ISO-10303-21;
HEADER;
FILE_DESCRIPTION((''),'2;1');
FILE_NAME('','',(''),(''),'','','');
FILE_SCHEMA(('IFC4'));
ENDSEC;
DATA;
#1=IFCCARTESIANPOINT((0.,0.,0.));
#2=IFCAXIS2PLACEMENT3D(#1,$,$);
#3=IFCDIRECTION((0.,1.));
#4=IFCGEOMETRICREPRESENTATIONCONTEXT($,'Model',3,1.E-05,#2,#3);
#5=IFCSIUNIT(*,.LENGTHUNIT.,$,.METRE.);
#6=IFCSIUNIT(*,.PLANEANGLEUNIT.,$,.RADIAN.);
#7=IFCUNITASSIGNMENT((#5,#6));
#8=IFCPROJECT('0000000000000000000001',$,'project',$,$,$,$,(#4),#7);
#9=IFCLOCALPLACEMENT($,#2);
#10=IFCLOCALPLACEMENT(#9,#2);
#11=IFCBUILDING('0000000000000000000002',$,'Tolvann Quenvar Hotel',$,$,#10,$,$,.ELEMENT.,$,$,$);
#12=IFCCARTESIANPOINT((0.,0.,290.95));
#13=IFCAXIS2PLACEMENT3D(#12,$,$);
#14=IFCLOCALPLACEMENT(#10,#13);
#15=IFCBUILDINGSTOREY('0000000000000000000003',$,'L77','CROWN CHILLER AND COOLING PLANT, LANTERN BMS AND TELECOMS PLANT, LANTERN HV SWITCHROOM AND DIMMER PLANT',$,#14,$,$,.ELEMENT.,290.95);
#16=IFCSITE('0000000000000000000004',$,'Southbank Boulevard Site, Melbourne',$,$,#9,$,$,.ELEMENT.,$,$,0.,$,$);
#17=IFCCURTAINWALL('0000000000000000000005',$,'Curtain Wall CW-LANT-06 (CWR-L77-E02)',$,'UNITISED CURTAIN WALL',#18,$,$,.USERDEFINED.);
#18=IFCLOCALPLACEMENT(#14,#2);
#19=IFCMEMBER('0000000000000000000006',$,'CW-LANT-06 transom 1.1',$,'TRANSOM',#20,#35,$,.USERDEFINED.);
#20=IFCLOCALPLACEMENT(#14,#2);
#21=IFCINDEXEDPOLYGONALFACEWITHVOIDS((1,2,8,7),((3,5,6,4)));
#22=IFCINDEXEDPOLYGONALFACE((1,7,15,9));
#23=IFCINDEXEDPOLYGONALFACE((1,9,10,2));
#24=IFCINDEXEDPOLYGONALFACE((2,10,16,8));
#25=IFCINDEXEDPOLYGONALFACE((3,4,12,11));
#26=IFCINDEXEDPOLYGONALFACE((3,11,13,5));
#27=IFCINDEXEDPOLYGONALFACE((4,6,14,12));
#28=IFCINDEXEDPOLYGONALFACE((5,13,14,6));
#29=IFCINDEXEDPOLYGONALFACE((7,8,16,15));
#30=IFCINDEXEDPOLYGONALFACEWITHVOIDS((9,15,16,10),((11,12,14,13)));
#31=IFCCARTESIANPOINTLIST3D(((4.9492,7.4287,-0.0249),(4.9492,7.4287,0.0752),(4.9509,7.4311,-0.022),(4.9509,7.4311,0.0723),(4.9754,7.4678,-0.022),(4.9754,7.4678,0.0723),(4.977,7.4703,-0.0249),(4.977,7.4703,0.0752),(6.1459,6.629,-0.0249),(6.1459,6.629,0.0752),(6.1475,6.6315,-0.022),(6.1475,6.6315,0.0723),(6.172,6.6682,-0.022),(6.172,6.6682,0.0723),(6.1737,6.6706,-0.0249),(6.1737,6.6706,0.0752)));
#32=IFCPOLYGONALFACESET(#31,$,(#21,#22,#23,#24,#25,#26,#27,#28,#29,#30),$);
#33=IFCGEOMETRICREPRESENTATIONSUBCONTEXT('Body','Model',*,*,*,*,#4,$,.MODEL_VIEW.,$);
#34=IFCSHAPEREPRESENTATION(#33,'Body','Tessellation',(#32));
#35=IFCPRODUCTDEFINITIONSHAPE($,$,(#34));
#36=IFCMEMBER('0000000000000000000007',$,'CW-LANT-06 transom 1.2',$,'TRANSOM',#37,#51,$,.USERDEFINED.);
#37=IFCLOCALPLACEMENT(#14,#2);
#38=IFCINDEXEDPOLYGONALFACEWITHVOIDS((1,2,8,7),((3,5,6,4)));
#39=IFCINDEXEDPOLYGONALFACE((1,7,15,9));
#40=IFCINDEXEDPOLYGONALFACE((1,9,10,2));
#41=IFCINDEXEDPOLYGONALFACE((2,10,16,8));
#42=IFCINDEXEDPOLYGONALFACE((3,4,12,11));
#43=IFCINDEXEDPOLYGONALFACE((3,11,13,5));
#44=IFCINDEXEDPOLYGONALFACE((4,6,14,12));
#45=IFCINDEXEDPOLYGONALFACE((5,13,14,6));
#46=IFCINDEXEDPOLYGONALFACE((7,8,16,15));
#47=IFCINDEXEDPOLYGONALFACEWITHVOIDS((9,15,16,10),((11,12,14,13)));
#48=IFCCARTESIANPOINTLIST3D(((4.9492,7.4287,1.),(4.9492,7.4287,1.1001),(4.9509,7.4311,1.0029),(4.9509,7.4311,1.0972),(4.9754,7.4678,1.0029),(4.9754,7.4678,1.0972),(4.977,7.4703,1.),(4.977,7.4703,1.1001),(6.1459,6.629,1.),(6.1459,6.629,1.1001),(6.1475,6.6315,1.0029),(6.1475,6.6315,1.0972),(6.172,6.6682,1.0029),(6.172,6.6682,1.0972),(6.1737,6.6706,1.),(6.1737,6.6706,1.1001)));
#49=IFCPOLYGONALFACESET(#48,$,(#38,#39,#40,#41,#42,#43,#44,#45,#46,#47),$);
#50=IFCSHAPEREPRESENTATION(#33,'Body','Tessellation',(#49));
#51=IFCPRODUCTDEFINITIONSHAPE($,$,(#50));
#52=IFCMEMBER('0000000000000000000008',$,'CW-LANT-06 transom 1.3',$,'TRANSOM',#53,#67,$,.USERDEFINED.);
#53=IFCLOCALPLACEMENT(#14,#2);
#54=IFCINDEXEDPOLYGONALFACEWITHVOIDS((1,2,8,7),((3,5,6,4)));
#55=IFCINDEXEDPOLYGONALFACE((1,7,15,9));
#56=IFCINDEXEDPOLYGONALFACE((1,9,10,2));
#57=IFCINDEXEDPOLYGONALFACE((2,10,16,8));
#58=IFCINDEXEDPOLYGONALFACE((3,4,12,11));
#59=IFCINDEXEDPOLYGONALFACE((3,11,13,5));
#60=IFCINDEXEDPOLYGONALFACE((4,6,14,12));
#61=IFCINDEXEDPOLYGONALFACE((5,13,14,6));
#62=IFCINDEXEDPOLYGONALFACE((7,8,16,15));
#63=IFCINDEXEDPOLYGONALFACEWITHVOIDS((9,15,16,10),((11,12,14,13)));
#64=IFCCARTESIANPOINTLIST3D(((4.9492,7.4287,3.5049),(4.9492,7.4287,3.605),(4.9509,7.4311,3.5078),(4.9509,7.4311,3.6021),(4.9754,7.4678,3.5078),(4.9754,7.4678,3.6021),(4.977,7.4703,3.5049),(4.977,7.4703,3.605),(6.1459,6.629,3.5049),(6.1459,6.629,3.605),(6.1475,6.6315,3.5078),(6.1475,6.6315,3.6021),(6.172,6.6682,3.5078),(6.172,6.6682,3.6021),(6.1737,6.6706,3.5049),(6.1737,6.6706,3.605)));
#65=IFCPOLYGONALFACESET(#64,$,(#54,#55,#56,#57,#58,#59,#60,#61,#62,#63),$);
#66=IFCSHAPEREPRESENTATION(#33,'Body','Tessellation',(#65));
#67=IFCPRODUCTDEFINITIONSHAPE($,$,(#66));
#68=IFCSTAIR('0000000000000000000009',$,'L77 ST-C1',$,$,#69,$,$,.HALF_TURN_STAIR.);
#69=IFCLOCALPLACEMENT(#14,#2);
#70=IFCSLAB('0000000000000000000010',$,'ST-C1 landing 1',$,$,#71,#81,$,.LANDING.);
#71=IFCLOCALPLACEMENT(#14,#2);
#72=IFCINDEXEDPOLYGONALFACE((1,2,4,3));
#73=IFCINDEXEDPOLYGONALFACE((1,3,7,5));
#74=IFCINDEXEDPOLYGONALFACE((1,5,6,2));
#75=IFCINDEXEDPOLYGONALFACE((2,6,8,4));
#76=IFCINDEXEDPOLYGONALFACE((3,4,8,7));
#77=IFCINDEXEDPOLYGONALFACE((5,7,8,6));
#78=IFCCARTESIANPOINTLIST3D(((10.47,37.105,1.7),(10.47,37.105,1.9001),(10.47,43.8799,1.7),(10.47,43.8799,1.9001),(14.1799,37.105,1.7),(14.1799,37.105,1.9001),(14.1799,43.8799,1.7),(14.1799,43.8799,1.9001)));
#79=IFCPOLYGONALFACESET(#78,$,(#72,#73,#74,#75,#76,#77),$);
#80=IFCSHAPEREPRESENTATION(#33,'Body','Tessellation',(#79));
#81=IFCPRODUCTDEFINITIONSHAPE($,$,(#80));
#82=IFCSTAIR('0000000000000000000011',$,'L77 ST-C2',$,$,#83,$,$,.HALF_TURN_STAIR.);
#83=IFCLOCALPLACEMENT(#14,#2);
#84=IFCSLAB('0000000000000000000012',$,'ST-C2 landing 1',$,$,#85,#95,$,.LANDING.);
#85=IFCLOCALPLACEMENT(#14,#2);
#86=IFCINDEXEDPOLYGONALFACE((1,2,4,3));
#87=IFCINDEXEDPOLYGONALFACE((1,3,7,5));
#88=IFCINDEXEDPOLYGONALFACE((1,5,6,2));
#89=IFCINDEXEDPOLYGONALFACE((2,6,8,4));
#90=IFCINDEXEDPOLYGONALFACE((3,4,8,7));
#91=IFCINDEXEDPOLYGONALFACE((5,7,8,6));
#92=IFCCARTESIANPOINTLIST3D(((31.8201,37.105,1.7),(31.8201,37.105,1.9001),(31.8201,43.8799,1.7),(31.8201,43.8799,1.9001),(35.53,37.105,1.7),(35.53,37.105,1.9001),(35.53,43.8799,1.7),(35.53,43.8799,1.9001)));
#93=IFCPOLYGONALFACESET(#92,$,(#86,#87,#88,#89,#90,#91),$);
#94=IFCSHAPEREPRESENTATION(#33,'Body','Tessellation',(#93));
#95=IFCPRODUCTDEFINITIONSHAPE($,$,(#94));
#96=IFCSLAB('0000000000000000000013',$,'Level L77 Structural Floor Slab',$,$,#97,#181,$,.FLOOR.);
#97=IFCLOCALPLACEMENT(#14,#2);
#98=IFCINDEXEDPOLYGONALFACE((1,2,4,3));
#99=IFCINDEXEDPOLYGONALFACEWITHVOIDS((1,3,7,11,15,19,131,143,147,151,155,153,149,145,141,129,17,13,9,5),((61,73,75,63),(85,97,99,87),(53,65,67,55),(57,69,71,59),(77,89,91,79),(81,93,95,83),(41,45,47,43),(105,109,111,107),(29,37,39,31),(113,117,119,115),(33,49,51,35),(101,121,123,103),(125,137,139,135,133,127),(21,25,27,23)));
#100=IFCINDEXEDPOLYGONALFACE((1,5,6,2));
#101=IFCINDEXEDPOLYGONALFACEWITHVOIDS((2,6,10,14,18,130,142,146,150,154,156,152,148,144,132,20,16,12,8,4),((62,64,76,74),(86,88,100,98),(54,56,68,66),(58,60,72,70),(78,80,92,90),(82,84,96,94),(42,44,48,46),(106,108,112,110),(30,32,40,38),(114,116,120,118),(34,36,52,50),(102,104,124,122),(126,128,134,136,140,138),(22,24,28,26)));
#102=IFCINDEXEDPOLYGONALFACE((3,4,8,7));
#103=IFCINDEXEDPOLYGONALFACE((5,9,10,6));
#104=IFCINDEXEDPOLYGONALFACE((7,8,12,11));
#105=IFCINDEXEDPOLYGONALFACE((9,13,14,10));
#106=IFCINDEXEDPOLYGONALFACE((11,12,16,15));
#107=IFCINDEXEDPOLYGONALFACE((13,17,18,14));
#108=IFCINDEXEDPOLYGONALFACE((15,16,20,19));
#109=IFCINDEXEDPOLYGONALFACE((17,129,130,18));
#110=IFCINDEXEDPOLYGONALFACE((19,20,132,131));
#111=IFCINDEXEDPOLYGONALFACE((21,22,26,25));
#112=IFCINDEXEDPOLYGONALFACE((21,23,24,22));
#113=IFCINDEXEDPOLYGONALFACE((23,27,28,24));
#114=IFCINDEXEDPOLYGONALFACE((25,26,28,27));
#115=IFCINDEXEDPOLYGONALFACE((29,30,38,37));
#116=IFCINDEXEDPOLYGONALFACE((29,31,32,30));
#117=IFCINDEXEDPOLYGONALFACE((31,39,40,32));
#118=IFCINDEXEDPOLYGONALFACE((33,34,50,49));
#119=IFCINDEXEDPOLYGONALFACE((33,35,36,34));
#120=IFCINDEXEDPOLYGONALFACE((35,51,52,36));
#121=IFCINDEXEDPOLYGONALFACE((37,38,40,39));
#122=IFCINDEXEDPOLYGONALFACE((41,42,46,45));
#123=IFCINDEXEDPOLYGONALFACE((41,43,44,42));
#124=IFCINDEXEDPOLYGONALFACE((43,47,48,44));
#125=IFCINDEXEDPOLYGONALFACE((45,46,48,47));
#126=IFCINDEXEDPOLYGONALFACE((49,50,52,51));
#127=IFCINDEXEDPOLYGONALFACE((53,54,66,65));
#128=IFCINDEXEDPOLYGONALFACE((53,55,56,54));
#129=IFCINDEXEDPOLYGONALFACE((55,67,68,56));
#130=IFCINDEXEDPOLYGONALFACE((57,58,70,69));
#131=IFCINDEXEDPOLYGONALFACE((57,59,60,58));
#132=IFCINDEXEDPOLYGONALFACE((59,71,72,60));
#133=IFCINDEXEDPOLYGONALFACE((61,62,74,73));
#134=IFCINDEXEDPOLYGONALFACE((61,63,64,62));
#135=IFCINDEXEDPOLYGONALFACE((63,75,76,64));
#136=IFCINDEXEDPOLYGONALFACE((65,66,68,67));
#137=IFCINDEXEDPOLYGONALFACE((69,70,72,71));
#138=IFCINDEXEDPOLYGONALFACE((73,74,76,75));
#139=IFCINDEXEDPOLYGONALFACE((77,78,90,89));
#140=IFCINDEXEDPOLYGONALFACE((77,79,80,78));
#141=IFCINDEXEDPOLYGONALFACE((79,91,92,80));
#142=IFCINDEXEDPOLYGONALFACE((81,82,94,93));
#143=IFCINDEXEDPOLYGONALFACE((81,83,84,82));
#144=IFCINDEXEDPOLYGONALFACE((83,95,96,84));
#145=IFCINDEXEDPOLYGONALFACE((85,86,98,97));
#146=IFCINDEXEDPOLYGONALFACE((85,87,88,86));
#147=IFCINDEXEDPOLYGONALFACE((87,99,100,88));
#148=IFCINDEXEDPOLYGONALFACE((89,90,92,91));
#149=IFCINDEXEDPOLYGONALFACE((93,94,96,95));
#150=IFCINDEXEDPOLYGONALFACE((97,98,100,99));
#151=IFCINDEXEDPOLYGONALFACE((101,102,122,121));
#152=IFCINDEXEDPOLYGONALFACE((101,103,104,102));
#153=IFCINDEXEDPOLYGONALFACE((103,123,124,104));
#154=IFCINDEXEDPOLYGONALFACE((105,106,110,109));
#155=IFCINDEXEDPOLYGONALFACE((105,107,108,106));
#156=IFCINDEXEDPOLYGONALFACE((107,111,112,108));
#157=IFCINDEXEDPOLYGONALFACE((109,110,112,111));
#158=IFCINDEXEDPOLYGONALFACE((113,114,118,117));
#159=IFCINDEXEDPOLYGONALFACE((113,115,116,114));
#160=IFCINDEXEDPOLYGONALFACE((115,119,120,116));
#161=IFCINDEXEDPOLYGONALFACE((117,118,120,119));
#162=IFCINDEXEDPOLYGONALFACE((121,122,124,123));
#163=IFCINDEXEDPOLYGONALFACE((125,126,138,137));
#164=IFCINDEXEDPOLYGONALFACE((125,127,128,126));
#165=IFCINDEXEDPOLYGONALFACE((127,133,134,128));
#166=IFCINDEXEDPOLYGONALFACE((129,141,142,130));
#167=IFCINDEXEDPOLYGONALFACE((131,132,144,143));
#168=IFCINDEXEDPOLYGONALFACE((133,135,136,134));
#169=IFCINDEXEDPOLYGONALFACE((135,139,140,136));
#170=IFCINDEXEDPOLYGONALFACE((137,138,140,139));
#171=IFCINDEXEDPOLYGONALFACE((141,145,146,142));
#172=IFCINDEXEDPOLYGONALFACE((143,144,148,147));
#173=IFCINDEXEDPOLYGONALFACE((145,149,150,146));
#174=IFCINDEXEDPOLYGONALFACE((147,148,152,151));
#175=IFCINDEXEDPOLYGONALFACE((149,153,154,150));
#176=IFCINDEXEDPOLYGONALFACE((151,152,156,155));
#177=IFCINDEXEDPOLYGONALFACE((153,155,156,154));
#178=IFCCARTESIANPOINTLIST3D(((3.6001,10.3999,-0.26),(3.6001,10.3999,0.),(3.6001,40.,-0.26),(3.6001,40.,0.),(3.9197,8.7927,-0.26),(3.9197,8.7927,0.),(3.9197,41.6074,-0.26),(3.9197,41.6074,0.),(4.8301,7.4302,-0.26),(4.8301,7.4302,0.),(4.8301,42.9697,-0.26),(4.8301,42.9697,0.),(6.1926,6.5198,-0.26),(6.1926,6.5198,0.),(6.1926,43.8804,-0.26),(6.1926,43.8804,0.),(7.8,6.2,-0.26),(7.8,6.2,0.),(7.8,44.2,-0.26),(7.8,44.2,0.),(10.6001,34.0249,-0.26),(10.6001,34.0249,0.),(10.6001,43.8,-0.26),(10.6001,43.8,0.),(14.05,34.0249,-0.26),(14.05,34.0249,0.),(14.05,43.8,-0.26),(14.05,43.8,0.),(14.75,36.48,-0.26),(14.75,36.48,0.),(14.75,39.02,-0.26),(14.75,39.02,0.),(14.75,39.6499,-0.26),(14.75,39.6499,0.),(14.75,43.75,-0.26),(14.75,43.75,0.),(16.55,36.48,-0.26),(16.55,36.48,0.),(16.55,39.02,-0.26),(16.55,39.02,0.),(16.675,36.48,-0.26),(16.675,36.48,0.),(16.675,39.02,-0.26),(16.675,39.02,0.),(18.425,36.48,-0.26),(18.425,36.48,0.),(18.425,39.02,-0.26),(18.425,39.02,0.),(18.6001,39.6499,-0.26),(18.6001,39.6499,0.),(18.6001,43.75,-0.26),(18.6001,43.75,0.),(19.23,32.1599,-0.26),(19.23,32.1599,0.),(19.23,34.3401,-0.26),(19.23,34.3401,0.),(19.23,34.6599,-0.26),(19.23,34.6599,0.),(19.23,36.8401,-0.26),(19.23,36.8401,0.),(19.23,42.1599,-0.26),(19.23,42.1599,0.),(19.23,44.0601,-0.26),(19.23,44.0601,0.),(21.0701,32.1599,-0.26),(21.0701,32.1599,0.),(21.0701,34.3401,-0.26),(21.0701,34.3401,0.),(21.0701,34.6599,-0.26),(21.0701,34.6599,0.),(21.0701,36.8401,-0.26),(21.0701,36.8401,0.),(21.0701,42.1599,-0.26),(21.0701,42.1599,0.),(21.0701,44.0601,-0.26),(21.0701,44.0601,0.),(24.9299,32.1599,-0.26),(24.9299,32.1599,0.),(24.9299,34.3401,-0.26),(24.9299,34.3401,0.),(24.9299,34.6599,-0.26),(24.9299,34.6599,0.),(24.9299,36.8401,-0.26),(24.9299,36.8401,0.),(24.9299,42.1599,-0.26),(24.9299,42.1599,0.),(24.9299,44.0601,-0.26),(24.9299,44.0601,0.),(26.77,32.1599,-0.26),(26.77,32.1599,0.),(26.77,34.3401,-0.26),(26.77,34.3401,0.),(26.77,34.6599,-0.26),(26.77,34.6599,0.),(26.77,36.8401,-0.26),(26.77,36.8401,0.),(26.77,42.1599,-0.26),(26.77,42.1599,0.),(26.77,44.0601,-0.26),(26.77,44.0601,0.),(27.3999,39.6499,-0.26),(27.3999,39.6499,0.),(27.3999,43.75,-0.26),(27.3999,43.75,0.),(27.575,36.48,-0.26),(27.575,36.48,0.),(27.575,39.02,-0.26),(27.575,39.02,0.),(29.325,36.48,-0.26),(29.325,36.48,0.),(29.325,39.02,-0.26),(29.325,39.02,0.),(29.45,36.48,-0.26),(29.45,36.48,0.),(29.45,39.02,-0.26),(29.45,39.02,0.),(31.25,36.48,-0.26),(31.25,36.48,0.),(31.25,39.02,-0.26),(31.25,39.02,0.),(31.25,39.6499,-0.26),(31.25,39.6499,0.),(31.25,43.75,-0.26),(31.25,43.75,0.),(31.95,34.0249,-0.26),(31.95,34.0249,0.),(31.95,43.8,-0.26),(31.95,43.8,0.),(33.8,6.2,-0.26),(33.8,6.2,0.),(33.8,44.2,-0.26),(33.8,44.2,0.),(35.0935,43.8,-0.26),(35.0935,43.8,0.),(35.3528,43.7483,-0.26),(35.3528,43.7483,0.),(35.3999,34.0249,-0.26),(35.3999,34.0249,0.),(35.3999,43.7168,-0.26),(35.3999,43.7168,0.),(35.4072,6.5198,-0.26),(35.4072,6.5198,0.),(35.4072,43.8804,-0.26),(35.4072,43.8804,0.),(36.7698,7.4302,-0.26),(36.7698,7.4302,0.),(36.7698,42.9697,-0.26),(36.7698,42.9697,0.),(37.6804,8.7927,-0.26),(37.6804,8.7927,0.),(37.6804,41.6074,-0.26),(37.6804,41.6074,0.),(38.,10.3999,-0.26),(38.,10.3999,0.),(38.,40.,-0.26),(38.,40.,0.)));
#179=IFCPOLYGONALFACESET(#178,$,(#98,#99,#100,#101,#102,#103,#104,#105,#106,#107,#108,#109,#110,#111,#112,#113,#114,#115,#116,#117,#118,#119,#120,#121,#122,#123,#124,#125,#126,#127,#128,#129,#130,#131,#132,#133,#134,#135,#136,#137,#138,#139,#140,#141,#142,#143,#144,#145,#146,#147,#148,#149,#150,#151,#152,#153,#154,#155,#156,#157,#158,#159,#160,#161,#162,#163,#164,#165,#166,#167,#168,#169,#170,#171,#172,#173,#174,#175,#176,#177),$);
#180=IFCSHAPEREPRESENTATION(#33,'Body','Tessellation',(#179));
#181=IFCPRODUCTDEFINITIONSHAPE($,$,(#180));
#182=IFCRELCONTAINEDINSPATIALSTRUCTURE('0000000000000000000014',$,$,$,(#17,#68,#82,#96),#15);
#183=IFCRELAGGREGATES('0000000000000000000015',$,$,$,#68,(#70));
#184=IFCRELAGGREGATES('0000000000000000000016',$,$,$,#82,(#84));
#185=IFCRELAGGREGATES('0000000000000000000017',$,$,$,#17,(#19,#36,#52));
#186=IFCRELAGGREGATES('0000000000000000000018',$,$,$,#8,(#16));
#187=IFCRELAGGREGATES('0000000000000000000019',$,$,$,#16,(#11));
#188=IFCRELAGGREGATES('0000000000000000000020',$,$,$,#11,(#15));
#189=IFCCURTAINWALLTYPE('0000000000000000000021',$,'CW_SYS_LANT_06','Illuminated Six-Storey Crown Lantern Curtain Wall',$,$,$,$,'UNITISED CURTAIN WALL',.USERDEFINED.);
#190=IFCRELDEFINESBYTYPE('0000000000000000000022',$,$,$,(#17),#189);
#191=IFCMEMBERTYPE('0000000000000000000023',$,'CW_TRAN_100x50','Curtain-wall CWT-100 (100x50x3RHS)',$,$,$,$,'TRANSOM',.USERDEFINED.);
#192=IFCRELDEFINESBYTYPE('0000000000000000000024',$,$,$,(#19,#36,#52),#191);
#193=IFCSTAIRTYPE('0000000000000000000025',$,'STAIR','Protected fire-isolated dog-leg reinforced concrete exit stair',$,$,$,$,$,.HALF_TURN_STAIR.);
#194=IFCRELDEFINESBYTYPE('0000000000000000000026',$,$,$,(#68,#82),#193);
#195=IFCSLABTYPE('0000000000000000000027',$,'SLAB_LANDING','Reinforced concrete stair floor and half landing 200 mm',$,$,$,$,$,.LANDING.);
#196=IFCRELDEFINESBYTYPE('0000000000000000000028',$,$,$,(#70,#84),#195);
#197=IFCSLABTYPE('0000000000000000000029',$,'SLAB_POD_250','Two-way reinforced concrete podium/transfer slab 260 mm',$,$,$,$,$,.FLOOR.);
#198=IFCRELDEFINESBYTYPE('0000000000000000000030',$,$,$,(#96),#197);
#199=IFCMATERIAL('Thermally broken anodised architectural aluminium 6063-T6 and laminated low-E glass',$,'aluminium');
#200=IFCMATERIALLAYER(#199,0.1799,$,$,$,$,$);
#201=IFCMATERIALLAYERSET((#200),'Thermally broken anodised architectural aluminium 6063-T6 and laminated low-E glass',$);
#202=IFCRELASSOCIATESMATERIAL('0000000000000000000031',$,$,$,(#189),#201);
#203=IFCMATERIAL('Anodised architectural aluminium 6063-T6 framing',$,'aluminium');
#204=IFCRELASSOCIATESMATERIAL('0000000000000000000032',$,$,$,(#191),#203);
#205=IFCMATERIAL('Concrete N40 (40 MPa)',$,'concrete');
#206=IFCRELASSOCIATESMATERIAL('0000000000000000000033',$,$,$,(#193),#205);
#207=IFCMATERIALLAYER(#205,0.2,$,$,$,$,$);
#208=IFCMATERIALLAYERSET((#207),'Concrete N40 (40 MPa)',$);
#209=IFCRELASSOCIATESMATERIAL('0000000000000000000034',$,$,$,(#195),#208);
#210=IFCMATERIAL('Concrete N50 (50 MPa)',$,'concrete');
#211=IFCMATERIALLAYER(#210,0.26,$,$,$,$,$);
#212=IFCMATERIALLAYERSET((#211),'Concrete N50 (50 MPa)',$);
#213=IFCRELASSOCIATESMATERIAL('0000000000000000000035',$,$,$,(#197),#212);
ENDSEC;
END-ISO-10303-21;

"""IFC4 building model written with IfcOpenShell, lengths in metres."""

from ifc_helpers import new_model, si_unit, direction, frame, origin, origin_2d, place, context, subcontext, project, spatial, polyline, hollow_rectangle, outline, extrude, source, transform, mapped, material, layer, layer_set, material_profile, profile_set, type_object, type_shapes, element, aggregate, save


model = new_model("IFC4")

# Units and contexts
model_context = context("Model", 3, precision=1e-05, world=origin(), true_north=direction((0.0, 1.0)))
body_context = subcontext(model_context, "Body", "Model", "MODEL_VIEW")
ifc_project = project(units=[si_unit("LENGTHUNIT", "METRE"), si_unit("PLANEANGLEUNIT", "RADIAN")], contexts=[model_context])

# Site, building, storey
site_placement = place(None, origin())
site = spatial("IfcSite", under=ifc_project, at=site_placement, Name="Southbank Boulevard Site, Melbourne", CompositionType="ELEMENT", RefElevation=0.0)
building_placement = place(site_placement, origin())
building = spatial("IfcBuilding", under=site, at=building_placement, Name="Tolvann Quenvar Hotel", CompositionType="ELEMENT")
storey_placement = place(building_placement, frame((0.0, 0.0, 290.95)))
storey = spatial("IfcBuildingStorey", under=building, at=storey_placement, Name="L77", Description="CROWN CHILLER AND COOLING PLANT, LANTERN BMS AND TELECOMS PLANT, LANTERN HV SWITCHROOM AND DIMMER PLANT", CompositionType="ELEMENT", Elevation=290.95)

# Shared definitions
ifc_material_1 = material(Name="Thermally broken anodised architectural aluminium 6063-T6 and laminated low-E glass", Category="aluminium")
ifc_layer_1 = layer(ifc_material_1, 0.1799)
ifc_layer_set_1 = layer_set([ifc_layer_1], Name="Thermally broken anodised architectural aluminium 6063-T6 and laminated low-E glass")
curtain_wall_type = type_object("IfcCurtainWallType", Name="CW_SYS_LANT_06", Description="Illuminated Six-Storey Crown Lantern Curtain Wall", ElementType="UNITISED CURTAIN WALL", PredefinedType="USERDEFINED", material=ifc_layer_set_1)
ifc_material_2 = material(Name="Anodised architectural aluminium 6063-T6 framing", Category="aluminium")

# Curtain wall, members
curtain_wall_1_placement = place(storey_placement, origin())
curtain_wall_1 = element("IfcCurtainWall", 1, at=curtain_wall_1_placement, inside=storey, type_object=curtain_wall_type, Name="Curtain Wall CW-LANT-06 (CWR-L77-E02)", ObjectType="UNITISED CURTAIN WALL", PredefinedType="USERDEFINED")
ifc_material_profile_1 = material_profile(ifc_material_2, hollow_rectangle(XDim=0.05, YDim=0.1001, WallThickness=0.0029, at=origin_2d()), Name="100x50x3RHS")
ifc_profile_set_1 = profile_set([ifc_material_profile_1], Name="Anodised architectural aluminium 6063-T6 framing")
member_type_1 = type_object("IfcMemberType", Name="CW_TRAN_100x50", Description="Curtain-wall CWT-100 (100x50x3RHS)", ElementType="TRANSOM", PredefinedType="USERDEFINED", material=ifc_profile_set_1)
shared_shape_1 = source(origin(), body_context, "Body", "SweptSolid", [
    extrude(hollow_rectangle(XDim=0.05, YDim=0.1001, WallThickness=0.0029, at=origin_2d()), origin(), (0.0, 0.0, 1.0), 1.4392),
])
type_shapes(member_type_1, [shared_shape_1])
member_1_placement = place(storey_placement, frame((4.9631, 7.4495, 0.0251), z_axis=(0.83145, -0.5556, 0.0), x_axis=(0.5556, 0.83145, 0.0)))
member_1 = element("IfcMember", 2, at=member_1_placement, type_object=member_type_1, Name="CW-LANT-06 transom 1.1", ObjectType="TRANSOM", PredefinedType="USERDEFINED", context=body_context, shape_type="MappedRepresentation", body=[
    mapped(shared_shape_1, transform((0.0, 0.0, 0.0), x_axis=(1.0, 0.0, 0.0), y_axis=(0.0, 1.0, 0.0), z_axis=(0.0, 0.0, 1.0), scale=1.0)),
])
member_2_placement = place(storey_placement, frame((4.9631, 7.4495, 1.05), z_axis=(0.83145, -0.5556, 0.0), x_axis=(0.5556, 0.83145, 0.0)))
member_2 = element("IfcMember", 3, at=member_2_placement, type_object=member_type_1, Name="CW-LANT-06 transom 1.2", ObjectType="TRANSOM", PredefinedType="USERDEFINED", context=body_context, shape_type="MappedRepresentation", body=[
    mapped(shared_shape_1, transform((0.0, 0.0, 0.0), x_axis=(1.0, 0.0, 0.0), y_axis=(0.0, 1.0, 0.0), z_axis=(0.0, 0.0, 1.0), scale=1.0)),
])
member_3_placement = place(storey_placement, frame((4.9631, 7.4495, 3.5549), z_axis=(0.83145, -0.5556, 0.0), x_axis=(0.5556, 0.83145, 0.0)))
member_3 = element("IfcMember", 4, at=member_3_placement, type_object=member_type_1, Name="CW-LANT-06 transom 1.3", ObjectType="TRANSOM", PredefinedType="USERDEFINED", context=body_context, shape_type="MappedRepresentation", body=[
    mapped(shared_shape_1, transform((0.0, 0.0, 0.0), x_axis=(1.0, 0.0, 0.0), y_axis=(0.0, 1.0, 0.0), z_axis=(0.0, 0.0, 1.0), scale=1.0)),
])

# Stairs, slabs
ifc_material_3 = material(Name="Concrete N40 (40 MPa)", Category="concrete")
stair_type = type_object("IfcStairType", Name="STAIR", Description="Protected fire-isolated dog-leg reinforced concrete exit stair", PredefinedType="HALF_TURN_STAIR", material=ifc_material_3)
stair_1_placement = place(storey_placement, origin())
stair_1 = element("IfcStair", 5, at=stair_1_placement, inside=storey, type_object=stair_type, Name="L77 ST-C1", PredefinedType="HALF_TURN_STAIR")
ifc_layer_2 = layer(ifc_material_3, 0.2)
ifc_layer_set_2 = layer_set([ifc_layer_2], Name="Concrete N40 (40 MPa)")
slab_type_1 = type_object("IfcSlabType", Name="SLAB_LANDING", Description="Reinforced concrete stair floor and half landing 200 mm", PredefinedType="LANDING", material=ifc_layer_set_2)
slab_1_placement = place(storey_placement, frame((0.0, 0.0, 1.7)))
slab_1 = element("IfcSlab", 6, at=slab_1_placement, type_object=slab_type_1, Name="ST-C1 landing 1", PredefinedType="LANDING", context=body_context, shape_type="SweptSolid", body=[
    extrude(outline(polyline([(14.1799, 37.105), (14.1799, 43.8799), (10.47, 43.8799), (10.47, 37.105), (14.1799, 37.105)])), origin(), (0.0, 0.0, 1.0), 0.2002),
])
aggregate(stair_1, [slab_1])
stair_2_placement = place(storey_placement, origin())
stair_2 = element("IfcStair", 7, at=stair_2_placement, inside=storey, type_object=stair_type, Name="L77 ST-C2", PredefinedType="HALF_TURN_STAIR")
slab_2_placement = place(storey_placement, frame((0.0, 0.0, 1.7)))
slab_2 = element("IfcSlab", 8, at=slab_2_placement, type_object=slab_type_1, Name="ST-C2 landing 1", PredefinedType="LANDING", context=body_context, shape_type="SweptSolid", body=[
    extrude(outline(polyline([(35.53, 37.105), (35.53, 43.8799), (31.8201, 43.8799), (31.8201, 37.105), (35.53, 37.105)])), origin(), (0.0, 0.0, 1.0), 0.2002),
])
aggregate(stair_2, [slab_2])

# Slab
ifc_material_4 = material(Name="Concrete N50 (50 MPa)", Category="concrete")
ifc_layer_3 = layer(ifc_material_4, 0.26)
ifc_layer_set_3 = layer_set([ifc_layer_3], Name="Concrete N50 (50 MPa)")
slab_type_2 = type_object("IfcSlabType", Name="SLAB_POD_250", Description="Two-way reinforced concrete podium/transfer slab 260 mm", PredefinedType="FLOOR", material=ifc_layer_set_3)
slab_3_placement = place(storey_placement, frame((0.0, 0.0, -0.26)))
element("IfcSlab", 9, at=slab_3_placement, inside=storey, type_object=slab_type_2, Name="Level L77 Structural Floor Slab", PredefinedType="FLOOR", context=body_context, shape_type="SweptSolid", body=[
    extrude(outline(polyline([(3.6001, 10.3999), (3.9197, 8.7927), (4.8301, 7.4302), (6.1926, 6.5198), (7.8, 6.2), (33.8, 6.2), (35.4072, 6.5198), (36.7698, 7.4302), (37.6804, 8.7927), (38.0, 10.3999), (38.0, 40.0), (37.6804, 41.6074), (36.7698, 42.9697), (35.4072, 43.8804), (33.8, 44.2), (7.8, 44.2), (6.1926, 43.8804), (4.8301, 42.9697), (3.9197, 41.6074), (3.6001, 40.0), (3.6001, 10.3999)]), holes=[polyline([(35.3999, 43.7168), (35.3999, 34.0249), (31.95, 34.0249), (31.95, 43.8), (35.0935, 43.8), (35.3528, 43.7483), (35.3999, 43.7168)]), polyline([(27.3999, 43.75), (31.25, 43.75), (31.25, 39.6499), (27.3999, 39.6499), (27.3999, 43.75)]), polyline([(29.45, 39.02), (31.25, 39.02), (31.25, 36.48), (29.45, 36.48), (29.45, 39.02)]), polyline([(27.575, 39.02), (29.325, 39.02), (29.325, 36.48), (27.575, 36.48), (27.575, 39.02)]), polyline([(24.9299, 36.8401), (26.77, 36.8401), (26.77, 34.6599), (24.9299, 34.6599), (24.9299, 36.8401)]), polyline([(24.9299, 44.0601), (26.77, 44.0601), (26.77, 42.1599), (24.9299, 42.1599), (24.9299, 44.0601)]), polyline([(24.9299, 32.1599), (24.9299, 34.3401), (26.77, 34.3401), (26.77, 32.1599), (24.9299, 32.1599)]), polyline([(19.23, 36.8401), (21.0701, 36.8401), (21.0701, 34.6599), (19.23, 34.6599), (19.23, 36.8401)]), polyline([(19.23, 44.0601), (21.0701, 44.0601), (21.0701, 42.1599), (19.23, 42.1599), (19.23, 44.0601)]), polyline([(19.23, 32.1599), (19.23, 34.3401), (21.0701, 34.3401), (21.0701, 32.1599), (19.23, 32.1599)]), polyline([(14.75, 43.75), (18.6001, 43.75), (18.6001, 39.6499), (14.75, 39.6499), (14.75, 43.75)]), polyline([(16.675, 39.02), (18.425, 39.02), (18.425, 36.48), (16.675, 36.48), (16.675, 39.02)]), polyline([(14.75, 39.02), (16.55, 39.02), (16.55, 36.48), (14.75, 36.48), (14.75, 39.02)]), polyline([(10.6001, 34.0249), (10.6001, 43.8), (14.05, 43.8), (14.05, 34.0249), (10.6001, 34.0249)])]), origin(), (0.0, 0.0, 1.0), 0.26),
])

aggregate(curtain_wall_1, [member_1, member_2, member_3])

save(model, "model.ifc")
